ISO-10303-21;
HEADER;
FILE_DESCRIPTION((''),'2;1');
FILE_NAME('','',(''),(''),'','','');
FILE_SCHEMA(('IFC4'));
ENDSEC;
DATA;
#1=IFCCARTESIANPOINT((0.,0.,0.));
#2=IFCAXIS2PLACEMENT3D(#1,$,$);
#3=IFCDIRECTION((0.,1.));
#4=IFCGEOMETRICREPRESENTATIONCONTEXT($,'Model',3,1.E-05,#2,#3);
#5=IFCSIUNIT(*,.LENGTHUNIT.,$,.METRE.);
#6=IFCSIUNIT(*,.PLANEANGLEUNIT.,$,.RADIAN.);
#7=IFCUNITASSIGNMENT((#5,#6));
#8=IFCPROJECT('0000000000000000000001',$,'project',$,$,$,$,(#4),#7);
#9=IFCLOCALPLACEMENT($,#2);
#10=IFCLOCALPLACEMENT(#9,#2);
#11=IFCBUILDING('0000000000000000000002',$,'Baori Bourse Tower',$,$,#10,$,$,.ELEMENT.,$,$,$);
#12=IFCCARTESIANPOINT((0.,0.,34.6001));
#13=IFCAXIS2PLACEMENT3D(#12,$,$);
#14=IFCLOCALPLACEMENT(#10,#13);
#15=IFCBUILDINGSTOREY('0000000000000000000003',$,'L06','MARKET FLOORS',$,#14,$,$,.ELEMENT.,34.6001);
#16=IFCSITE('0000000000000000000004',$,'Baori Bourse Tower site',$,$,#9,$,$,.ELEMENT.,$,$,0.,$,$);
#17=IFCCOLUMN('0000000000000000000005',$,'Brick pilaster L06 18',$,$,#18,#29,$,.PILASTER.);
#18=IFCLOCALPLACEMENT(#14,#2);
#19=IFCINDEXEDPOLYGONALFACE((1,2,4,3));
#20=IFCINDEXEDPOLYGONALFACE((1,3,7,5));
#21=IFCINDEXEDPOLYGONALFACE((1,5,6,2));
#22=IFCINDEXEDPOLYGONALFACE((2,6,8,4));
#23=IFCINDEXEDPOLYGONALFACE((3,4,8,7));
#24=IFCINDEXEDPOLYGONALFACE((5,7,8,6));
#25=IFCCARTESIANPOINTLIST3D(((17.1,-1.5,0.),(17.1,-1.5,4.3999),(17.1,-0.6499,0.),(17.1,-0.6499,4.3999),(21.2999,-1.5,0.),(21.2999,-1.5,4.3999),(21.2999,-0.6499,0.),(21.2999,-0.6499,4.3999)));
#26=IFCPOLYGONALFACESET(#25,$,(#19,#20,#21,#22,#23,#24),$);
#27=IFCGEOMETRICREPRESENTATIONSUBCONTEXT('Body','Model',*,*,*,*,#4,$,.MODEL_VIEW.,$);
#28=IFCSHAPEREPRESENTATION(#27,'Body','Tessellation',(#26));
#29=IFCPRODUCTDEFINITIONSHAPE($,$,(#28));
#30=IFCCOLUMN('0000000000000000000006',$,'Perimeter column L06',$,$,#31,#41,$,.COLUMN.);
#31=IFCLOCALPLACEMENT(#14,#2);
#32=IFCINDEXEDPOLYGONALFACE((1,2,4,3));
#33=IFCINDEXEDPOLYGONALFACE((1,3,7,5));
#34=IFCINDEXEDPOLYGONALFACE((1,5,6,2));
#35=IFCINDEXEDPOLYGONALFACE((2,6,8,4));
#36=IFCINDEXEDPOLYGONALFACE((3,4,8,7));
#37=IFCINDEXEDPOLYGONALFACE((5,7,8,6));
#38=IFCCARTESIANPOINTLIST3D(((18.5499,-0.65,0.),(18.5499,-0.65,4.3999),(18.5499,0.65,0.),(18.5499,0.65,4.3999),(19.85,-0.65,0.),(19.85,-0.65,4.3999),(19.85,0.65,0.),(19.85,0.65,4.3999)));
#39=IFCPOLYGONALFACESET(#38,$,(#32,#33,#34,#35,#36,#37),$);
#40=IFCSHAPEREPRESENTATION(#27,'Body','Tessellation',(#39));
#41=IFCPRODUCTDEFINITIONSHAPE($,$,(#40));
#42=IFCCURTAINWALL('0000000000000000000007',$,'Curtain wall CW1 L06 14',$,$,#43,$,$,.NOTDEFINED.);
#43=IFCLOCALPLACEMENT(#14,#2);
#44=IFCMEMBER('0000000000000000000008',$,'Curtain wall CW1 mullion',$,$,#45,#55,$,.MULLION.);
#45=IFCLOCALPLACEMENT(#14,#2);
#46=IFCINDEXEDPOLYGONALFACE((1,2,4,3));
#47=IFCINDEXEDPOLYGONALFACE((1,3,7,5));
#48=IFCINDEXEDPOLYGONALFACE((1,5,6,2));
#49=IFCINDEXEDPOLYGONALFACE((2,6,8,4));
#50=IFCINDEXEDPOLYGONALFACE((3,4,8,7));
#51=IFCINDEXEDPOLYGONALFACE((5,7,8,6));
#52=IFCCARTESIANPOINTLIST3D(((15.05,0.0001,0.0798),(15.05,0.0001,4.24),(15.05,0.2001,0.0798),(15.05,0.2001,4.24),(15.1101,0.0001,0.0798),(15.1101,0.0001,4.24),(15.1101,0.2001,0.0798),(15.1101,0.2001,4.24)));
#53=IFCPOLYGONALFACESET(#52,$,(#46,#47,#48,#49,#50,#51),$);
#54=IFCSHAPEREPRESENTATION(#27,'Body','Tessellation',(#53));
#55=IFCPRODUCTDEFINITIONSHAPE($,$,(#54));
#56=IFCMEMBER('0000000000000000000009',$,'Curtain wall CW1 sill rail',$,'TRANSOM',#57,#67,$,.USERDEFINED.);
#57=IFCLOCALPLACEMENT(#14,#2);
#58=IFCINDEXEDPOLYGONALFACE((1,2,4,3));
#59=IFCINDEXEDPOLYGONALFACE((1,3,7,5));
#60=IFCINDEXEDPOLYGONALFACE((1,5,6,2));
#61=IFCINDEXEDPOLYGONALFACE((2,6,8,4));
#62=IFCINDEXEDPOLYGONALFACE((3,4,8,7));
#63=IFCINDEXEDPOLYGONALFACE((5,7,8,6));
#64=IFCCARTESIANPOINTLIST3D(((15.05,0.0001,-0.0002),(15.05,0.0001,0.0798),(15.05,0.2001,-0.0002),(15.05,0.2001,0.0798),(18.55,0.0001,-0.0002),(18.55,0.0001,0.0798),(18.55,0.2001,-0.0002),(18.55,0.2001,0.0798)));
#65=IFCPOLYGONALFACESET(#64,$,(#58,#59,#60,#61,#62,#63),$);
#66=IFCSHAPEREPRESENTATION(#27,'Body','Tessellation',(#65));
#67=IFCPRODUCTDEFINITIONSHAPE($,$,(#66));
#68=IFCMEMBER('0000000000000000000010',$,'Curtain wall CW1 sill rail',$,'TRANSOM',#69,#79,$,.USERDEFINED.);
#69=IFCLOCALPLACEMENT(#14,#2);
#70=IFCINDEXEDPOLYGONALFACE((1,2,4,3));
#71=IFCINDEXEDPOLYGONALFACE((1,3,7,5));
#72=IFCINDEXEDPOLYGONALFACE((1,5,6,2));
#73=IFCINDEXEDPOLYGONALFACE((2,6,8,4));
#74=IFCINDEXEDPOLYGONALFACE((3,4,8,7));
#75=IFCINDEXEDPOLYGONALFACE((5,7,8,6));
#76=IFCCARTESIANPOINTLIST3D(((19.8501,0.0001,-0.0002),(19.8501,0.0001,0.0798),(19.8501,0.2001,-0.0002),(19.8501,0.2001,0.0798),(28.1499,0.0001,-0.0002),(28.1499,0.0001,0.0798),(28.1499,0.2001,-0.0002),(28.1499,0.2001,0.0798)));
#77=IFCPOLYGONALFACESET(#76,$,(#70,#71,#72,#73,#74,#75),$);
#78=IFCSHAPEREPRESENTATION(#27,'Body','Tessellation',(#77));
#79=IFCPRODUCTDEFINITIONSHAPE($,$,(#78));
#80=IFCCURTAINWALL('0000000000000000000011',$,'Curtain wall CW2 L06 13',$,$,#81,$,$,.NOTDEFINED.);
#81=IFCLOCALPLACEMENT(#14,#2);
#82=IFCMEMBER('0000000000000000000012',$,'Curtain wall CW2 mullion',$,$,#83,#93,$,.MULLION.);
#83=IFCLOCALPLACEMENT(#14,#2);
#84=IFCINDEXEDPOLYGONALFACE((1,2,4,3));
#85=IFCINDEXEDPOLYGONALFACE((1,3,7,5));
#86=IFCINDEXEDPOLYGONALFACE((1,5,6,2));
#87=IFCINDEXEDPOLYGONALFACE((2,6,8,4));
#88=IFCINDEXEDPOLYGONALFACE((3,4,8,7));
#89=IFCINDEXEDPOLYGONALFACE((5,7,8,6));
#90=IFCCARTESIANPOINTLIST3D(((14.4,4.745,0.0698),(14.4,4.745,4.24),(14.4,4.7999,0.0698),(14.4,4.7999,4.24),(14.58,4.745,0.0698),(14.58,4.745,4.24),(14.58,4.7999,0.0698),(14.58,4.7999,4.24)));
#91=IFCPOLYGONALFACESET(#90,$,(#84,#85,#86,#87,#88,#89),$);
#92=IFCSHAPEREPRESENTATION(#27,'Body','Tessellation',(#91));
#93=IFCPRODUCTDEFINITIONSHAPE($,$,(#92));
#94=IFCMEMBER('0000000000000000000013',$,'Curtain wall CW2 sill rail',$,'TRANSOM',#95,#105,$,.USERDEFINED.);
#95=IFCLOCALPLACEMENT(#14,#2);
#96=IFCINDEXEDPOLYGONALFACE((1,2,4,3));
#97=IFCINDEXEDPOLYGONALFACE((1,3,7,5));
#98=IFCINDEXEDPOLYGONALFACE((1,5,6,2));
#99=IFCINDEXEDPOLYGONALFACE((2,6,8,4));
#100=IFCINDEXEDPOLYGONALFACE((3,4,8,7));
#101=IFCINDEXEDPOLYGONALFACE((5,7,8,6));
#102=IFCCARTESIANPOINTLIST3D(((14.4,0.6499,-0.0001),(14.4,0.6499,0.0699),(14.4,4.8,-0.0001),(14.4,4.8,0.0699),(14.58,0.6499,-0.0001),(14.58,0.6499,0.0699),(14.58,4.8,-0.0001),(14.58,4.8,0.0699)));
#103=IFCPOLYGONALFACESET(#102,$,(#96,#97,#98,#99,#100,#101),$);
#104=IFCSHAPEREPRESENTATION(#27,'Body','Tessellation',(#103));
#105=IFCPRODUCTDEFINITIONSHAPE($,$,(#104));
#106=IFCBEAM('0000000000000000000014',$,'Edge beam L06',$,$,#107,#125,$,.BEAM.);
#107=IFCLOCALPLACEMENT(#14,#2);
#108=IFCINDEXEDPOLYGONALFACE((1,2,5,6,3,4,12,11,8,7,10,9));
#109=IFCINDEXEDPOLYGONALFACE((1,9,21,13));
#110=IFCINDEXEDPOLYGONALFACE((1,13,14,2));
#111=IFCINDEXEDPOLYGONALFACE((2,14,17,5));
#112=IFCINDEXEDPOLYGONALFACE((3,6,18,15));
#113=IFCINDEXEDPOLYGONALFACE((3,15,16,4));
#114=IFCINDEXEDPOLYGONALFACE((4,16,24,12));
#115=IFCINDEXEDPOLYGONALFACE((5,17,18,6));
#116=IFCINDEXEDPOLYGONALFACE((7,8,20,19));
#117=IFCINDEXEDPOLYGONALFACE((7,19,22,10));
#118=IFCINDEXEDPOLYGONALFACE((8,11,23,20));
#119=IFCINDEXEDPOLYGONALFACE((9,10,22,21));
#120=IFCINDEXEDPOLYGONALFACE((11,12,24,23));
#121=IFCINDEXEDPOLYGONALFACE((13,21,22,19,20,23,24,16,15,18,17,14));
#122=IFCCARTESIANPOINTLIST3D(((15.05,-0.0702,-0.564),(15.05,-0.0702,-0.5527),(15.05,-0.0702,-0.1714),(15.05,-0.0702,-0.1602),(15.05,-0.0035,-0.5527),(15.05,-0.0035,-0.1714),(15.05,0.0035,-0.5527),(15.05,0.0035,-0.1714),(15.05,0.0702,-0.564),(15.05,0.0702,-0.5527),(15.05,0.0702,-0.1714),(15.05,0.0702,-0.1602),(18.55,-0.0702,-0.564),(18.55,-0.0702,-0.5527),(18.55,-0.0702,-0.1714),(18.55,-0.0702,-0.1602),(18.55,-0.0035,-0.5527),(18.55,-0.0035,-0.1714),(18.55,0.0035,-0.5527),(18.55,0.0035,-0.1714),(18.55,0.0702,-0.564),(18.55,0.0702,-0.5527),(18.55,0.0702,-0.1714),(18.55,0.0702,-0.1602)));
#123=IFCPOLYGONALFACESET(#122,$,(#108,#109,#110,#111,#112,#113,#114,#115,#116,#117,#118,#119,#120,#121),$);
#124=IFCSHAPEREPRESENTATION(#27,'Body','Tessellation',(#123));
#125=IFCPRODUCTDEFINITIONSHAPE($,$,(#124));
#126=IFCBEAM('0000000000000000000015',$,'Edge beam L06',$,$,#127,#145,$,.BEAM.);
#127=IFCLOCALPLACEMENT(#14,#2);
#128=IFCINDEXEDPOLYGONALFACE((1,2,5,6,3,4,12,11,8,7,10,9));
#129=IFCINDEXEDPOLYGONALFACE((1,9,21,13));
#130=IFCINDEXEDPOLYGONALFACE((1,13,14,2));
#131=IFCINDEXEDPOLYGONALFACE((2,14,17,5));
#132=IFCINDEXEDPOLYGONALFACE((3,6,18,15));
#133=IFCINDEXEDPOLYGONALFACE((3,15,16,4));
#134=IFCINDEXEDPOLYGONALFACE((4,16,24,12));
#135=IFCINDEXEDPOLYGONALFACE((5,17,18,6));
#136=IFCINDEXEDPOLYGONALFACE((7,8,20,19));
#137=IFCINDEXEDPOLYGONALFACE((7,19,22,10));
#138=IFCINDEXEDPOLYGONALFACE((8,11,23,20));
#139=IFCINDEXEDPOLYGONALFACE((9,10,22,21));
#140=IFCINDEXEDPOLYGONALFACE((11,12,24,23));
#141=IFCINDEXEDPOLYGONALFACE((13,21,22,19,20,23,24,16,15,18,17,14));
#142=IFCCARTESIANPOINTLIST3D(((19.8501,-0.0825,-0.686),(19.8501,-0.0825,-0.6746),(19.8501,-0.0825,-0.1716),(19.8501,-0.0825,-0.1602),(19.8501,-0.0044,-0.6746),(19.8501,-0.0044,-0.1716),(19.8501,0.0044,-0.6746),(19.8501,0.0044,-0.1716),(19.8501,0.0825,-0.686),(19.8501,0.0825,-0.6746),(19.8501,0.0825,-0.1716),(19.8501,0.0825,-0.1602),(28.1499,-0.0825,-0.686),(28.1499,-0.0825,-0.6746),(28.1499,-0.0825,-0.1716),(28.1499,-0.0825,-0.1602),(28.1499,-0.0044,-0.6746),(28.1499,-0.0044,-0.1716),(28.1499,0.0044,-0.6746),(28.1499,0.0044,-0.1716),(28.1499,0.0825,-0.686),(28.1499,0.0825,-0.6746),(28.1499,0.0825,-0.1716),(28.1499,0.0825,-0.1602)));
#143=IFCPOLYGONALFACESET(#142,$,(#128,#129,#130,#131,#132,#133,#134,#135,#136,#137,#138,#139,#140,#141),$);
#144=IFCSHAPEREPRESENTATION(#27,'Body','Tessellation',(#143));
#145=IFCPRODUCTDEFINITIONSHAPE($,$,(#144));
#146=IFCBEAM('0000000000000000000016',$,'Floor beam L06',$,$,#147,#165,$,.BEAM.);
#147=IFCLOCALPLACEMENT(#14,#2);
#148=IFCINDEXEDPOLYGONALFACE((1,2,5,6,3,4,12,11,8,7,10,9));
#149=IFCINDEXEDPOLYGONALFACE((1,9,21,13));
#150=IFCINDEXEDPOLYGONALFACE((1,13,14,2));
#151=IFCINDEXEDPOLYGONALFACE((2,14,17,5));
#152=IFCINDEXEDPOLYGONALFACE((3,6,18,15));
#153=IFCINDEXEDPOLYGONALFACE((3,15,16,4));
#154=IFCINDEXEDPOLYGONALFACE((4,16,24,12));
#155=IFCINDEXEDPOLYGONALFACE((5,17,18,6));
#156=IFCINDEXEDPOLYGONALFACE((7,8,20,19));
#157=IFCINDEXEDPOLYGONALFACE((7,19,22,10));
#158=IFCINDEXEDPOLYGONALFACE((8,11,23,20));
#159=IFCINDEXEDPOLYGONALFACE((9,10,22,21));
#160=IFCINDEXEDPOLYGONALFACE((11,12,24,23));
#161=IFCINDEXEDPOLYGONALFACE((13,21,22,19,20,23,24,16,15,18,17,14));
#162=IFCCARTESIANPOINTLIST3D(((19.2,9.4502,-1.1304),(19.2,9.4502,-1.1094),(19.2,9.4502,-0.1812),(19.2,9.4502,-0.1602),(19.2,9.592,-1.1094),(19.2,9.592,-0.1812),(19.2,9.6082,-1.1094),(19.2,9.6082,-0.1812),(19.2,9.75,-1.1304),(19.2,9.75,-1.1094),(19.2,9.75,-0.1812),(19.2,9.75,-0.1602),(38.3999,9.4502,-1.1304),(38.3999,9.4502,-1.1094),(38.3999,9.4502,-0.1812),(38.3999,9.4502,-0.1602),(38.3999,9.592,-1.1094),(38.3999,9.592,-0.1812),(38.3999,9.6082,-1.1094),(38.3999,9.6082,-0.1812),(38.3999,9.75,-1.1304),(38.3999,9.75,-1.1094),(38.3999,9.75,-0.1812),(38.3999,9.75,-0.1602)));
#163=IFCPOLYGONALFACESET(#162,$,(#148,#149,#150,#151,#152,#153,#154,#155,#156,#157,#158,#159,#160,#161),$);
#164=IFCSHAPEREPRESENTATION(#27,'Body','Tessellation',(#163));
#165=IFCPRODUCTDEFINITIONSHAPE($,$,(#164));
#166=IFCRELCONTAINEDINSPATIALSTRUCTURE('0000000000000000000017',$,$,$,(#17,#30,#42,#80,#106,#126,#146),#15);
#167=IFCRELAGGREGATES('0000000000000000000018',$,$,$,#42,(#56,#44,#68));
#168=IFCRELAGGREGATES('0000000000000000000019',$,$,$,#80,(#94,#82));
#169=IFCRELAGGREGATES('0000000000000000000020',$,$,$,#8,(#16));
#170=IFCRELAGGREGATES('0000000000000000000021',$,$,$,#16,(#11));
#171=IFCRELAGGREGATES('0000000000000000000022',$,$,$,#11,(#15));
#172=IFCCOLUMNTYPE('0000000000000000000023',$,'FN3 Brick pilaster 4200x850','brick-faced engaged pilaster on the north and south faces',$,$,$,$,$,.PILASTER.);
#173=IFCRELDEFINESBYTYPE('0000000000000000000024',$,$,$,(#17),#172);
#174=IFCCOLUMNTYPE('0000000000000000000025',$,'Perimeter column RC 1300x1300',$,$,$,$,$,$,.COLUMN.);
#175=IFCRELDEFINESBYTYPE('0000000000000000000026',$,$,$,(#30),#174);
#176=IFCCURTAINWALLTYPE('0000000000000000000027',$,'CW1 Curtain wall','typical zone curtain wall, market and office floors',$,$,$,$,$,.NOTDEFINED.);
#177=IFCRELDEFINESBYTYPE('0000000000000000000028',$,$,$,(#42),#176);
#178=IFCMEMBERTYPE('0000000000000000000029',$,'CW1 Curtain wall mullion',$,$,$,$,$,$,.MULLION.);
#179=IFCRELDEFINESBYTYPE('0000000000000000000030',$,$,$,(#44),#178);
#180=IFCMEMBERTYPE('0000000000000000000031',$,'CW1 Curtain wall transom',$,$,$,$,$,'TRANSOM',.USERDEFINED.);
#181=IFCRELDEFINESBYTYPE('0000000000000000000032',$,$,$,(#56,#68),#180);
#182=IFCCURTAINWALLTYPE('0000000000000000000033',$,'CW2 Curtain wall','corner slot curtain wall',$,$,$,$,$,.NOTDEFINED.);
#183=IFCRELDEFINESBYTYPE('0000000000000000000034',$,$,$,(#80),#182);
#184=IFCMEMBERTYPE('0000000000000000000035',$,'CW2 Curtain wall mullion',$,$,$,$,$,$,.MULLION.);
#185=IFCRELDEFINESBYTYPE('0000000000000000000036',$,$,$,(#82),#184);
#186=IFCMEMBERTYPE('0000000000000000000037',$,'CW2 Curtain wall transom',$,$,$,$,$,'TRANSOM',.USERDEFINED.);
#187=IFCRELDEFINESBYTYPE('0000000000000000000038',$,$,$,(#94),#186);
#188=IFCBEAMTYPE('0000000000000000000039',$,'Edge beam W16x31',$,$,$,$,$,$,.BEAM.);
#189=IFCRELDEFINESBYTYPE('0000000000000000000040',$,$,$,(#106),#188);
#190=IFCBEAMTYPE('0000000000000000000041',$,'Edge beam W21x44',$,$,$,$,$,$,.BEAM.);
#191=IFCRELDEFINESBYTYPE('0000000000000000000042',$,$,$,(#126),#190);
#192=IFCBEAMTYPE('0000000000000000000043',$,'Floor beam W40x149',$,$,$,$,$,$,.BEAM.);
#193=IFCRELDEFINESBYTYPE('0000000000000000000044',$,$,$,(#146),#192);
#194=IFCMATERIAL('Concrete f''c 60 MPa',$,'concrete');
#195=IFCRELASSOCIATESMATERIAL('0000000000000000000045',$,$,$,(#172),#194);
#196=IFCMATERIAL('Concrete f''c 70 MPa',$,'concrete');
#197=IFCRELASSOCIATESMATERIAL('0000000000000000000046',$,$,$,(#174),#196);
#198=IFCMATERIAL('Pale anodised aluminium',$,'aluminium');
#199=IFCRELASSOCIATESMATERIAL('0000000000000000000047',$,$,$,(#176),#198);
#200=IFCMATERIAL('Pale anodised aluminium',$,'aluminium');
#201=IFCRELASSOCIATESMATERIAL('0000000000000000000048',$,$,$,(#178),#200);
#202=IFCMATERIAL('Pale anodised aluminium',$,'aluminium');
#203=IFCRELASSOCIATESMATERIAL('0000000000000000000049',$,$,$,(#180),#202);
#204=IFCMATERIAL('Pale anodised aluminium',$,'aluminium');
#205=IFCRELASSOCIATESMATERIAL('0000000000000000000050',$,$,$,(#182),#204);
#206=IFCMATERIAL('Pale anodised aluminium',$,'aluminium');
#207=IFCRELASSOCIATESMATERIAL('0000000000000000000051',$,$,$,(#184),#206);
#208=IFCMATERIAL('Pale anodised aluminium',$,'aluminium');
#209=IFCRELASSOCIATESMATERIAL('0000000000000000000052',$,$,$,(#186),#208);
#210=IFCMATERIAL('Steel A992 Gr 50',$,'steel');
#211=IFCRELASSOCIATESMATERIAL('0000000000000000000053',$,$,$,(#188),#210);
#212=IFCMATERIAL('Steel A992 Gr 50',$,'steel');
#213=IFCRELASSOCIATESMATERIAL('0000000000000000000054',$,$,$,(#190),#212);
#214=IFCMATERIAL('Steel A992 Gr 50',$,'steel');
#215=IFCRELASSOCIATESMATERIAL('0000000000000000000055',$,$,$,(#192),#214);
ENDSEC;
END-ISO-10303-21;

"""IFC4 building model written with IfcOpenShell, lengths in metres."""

from ifc_helpers import new_model, si_unit, direction, frame, origin, origin_2d, place, context, subcontext, project, spatial, rectangle, i_section, extrude, material, material_profile, profile_set, type_object, element, aggregate, save


model = new_model("IFC4")

# Units and contexts
model_context = context("Model", 3, precision=1e-05, world=origin(), true_north=direction((0.0, 1.0)))
body_context = subcontext(model_context, "Body", "Model", "MODEL_VIEW")
ifc_project = project(units=[si_unit("LENGTHUNIT", "METRE"), si_unit("PLANEANGLEUNIT", "RADIAN")], contexts=[model_context])

# Site, building, storey
site_placement = place(None, origin())
site = spatial("IfcSite", under=ifc_project, at=site_placement, Name="Baori Bourse Tower site", CompositionType="ELEMENT", RefElevation=0.0)
building_placement = place(site_placement, origin())
building = spatial("IfcBuilding", under=site, at=building_placement, Name="Baori Bourse Tower", CompositionType="ELEMENT")
storey_placement = place(building_placement, frame((0.0, 0.0, 34.6001)))
storey = spatial("IfcBuildingStorey", under=building, at=storey_placement, Name="L06", Description="MARKET FLOORS", CompositionType="ELEMENT", Elevation=34.6001)

# Columns
ifc_material_1 = material(Name="Concrete f'c 60 MPa", Category="concrete")
ifc_material_profile_1 = material_profile(ifc_material_1, rectangle(XDim=4.2, YDim=0.8501, at=origin_2d()), Name="RC 4200x850")
ifc_profile_set_1 = profile_set([ifc_material_profile_1], Name="Concrete f'c 60 MPa")
column_type_1 = type_object("IfcColumnType", Name="FN3 Brick pilaster 4200x850", Description="brick-faced engaged pilaster on the north and south faces", PredefinedType="PILASTER", material=ifc_profile_set_1)
column_1_placement = place(storey_placement, frame((19.2, -1.075, 0.0), z_axis=(0.0, 0.0, 1.0), x_axis=(1.0, 0.0, 0.0)))
element("IfcColumn", 1, at=column_1_placement, inside=storey, type_object=column_type_1, Name="Brick pilaster L06 18", PredefinedType="PILASTER", context=body_context, shape_type="SweptSolid", body=[
    extrude(rectangle(XDim=4.2, YDim=0.8501, at=origin_2d()), origin(), (0.0, 0.0, 1.0), 4.3999),
])
ifc_material_2 = material(Name="Concrete f'c 70 MPa", Category="concrete")
ifc_material_profile_2 = material_profile(ifc_material_2, rectangle(XDim=1.3, YDim=1.3, at=origin_2d()), Name="RC 1300x1300")
ifc_profile_set_2 = profile_set([ifc_material_profile_2], Name="Concrete f'c 70 MPa")
column_type_2 = type_object("IfcColumnType", Name="Perimeter column RC 1300x1300", PredefinedType="COLUMN", material=ifc_profile_set_2)
column_2_placement = place(storey_placement, frame((19.2, 0.0, 0.0), z_axis=(0.0, 0.0, 1.0), x_axis=(1.0, 0.0, 0.0)))
element("IfcColumn", 2, at=column_2_placement, inside=storey, type_object=column_type_2, Name="Perimeter column L06", PredefinedType="COLUMN", context=body_context, shape_type="SweptSolid", body=[
    extrude(rectangle(XDim=1.3, YDim=1.3, at=origin_2d()), origin(), (0.0, 0.0, 1.0), 4.3999),
])

# Curtain walls, members
ifc_material_3 = material(Name="Pale anodised aluminium", Category="aluminium")
curtain_wall_type_1 = type_object("IfcCurtainWallType", Name="CW1 Curtain wall", Description="typical zone curtain wall, market and office floors", PredefinedType="NOTDEFINED", material=ifc_material_3)
curtain_wall_1_placement = place(storey_placement, origin())
curtain_wall_1 = element("IfcCurtainWall", 3, at=curtain_wall_1_placement, inside=storey, type_object=curtain_wall_type_1, Name="Curtain wall CW1 L06 14", PredefinedType="NOTDEFINED")
ifc_material_4 = material(Name="Pale anodised aluminium", Category="aluminium")
ifc_material_profile_3 = material_profile(ifc_material_4, rectangle(XDim=0.2, YDim=0.0601, at=origin_2d()), Name="Mullion 60x200")
ifc_profile_set_3 = profile_set([ifc_material_profile_3], Name="Pale anodised aluminium")
member_type_1 = type_object("IfcMemberType", Name="CW1 Curtain wall mullion", PredefinedType="MULLION", material=ifc_profile_set_3)
member_1_placement = place(storey_placement, frame((15.0801, 0.1001, 0.0798), z_axis=(0.0, 0.0, 1.0), x_axis=(0.0, 1.0, 0.0)))
member_1 = element("IfcMember", 4, at=member_1_placement, type_object=member_type_1, Name="Curtain wall CW1 mullion", PredefinedType="MULLION", context=body_context, shape_type="SweptSolid", body=[
    extrude(rectangle(XDim=0.2, YDim=0.0601, at=origin_2d()), origin(), (0.0, 0.0, 1.0), 4.1602),
])
ifc_material_5 = material(Name="Pale anodised aluminium", Category="aluminium")
ifc_material_profile_4 = material_profile(ifc_material_5, rectangle(XDim=0.2, YDim=0.0801, at=origin_2d()), Name="Transom 80x200")
ifc_profile_set_4 = profile_set([ifc_material_profile_4], Name="Pale anodised aluminium")
member_type_2 = type_object("IfcMemberType", Name="CW1 Curtain wall transom", ElementType="TRANSOM", PredefinedType="USERDEFINED", material=ifc_profile_set_4)
member_2_placement = place(storey_placement, frame((15.05, 0.1001, 0.0398), z_axis=(1.0, 0.0, 0.0), x_axis=(0.0, 1.0, 0.0)))
member_2 = element("IfcMember", 5, at=member_2_placement, type_object=member_type_2, Name="Curtain wall CW1 sill rail", ObjectType="TRANSOM", PredefinedType="USERDEFINED", context=body_context, shape_type="SweptSolid", body=[
    extrude(rectangle(XDim=0.2, YDim=0.0801, at=origin_2d()), origin(), (0.0, 0.0, 1.0), 3.5),
])
member_3_placement = place(storey_placement, frame((19.8501, 0.1001, 0.0398), z_axis=(1.0, 0.0, 0.0), x_axis=(0.0, 1.0, 0.0)))
member_3 = element("IfcMember", 6, at=member_3_placement, type_object=member_type_2, Name="Curtain wall CW1 sill rail", ObjectType="TRANSOM", PredefinedType="USERDEFINED", context=body_context, shape_type="SweptSolid", body=[
    extrude(rectangle(XDim=0.2, YDim=0.0801, at=origin_2d()), origin(), (0.0, 0.0, 1.0), 8.2998),
])
ifc_material_6 = material(Name="Pale anodised aluminium", Category="aluminium")
curtain_wall_type_2 = type_object("IfcCurtainWallType", Name="CW2 Curtain wall", Description="corner slot curtain wall", PredefinedType="NOTDEFINED", material=ifc_material_6)
curtain_wall_2_placement = place(storey_placement, origin())
curtain_wall_2 = element("IfcCurtainWall", 7, at=curtain_wall_2_placement, inside=storey, type_object=curtain_wall_type_2, Name="Curtain wall CW2 L06 13", PredefinedType="NOTDEFINED")
ifc_material_7 = material(Name="Pale anodised aluminium", Category="aluminium")
ifc_material_profile_5 = material_profile(ifc_material_7, rectangle(XDim=0.1799, YDim=0.0549, at=origin_2d()), Name="Mullion 55x180")
ifc_profile_set_5 = profile_set([ifc_material_profile_5], Name="Pale anodised aluminium")
member_type_3 = type_object("IfcMemberType", Name="CW2 Curtain wall mullion", PredefinedType="MULLION", material=ifc_profile_set_5)
member_4_placement = place(storey_placement, frame((14.49, 4.7725, 0.0698), z_axis=(0.0, 0.0, 1.0), x_axis=(1.0, 0.0, 0.0)))
member_4 = element("IfcMember", 8, at=member_4_placement, type_object=member_type_3, Name="Curtain wall CW2 mullion", PredefinedType="MULLION", context=body_context, shape_type="SweptSolid", body=[
    extrude(rectangle(XDim=0.1799, YDim=0.0549, at=origin_2d()), origin(), (0.0, 0.0, 1.0), 4.1702),
])
ifc_material_8 = material(Name="Pale anodised aluminium", Category="aluminium")
ifc_material_profile_6 = material_profile(ifc_material_8, rectangle(XDim=0.1799, YDim=0.0701, at=origin_2d()), Name="Transom 70x180")
ifc_profile_set_6 = profile_set([ifc_material_profile_6], Name="Pale anodised aluminium")
member_type_4 = type_object("IfcMemberType", Name="CW2 Curtain wall transom", ElementType="TRANSOM", PredefinedType="USERDEFINED", material=ifc_profile_set_6)
member_5_placement = place(storey_placement, frame((14.49, 4.8, 0.0349), z_axis=(0.0, -1.0, 0.0), x_axis=(1.0, 0.0, 0.0)))
member_5 = element("IfcMember", 9, at=member_5_placement, type_object=member_type_4, Name="Curtain wall CW2 sill rail", ObjectType="TRANSOM", PredefinedType="USERDEFINED", context=body_context, shape_type="SweptSolid", body=[
    extrude(rectangle(XDim=0.1799, YDim=0.0701, at=origin_2d()), origin(), (0.0, 0.0, 1.0), 4.1501),
])

# Beams
ifc_material_9 = material(Name="Steel A992 Gr 50", Category="steel")
ifc_material_profile_7 = material_profile(ifc_material_9, i_section(OverallWidth=0.1404, OverallDepth=0.4038, WebThickness=0.0071, FlangeThickness=0.0112, at=origin_2d()), Name="W16x31")
ifc_profile_set_7 = profile_set([ifc_material_profile_7], Name="Steel A992 Gr 50")
beam_type_1 = type_object("IfcBeamType", Name="Edge beam W16x31", PredefinedType="BEAM", material=ifc_profile_set_7)
beam_1_placement = place(storey_placement, frame((15.05, 0.0, -0.3621), z_axis=(1.0, 0.0, 0.0), x_axis=(0.0, 1.0, 0.0)))
element("IfcBeam", 10, at=beam_1_placement, inside=storey, type_object=beam_type_1, Name="Edge beam L06", PredefinedType="BEAM", context=body_context, shape_type="SweptSolid", body=[
    extrude(i_section(OverallWidth=0.1404, OverallDepth=0.4038, WebThickness=0.0071, FlangeThickness=0.0112, at=origin_2d()), origin(), (0.0, 0.0, 1.0), 3.5),
])
ifc_material_10 = material(Name="Steel A992 Gr 50", Category="steel")
ifc_material_profile_8 = material_profile(ifc_material_10, i_section(OverallWidth=0.165, OverallDepth=0.5259, WebThickness=0.0088, FlangeThickness=0.0115, at=origin_2d()), Name="W21x44")
ifc_profile_set_8 = profile_set([ifc_material_profile_8], Name="Steel A992 Gr 50")
beam_type_2 = type_object("IfcBeamType", Name="Edge beam W21x44", PredefinedType="BEAM", material=ifc_profile_set_8)
beam_2_placement = place(storey_placement, frame((19.8501, 0.0, -0.4231), z_axis=(1.0, 0.0, 0.0), x_axis=(0.0, 1.0, 0.0)))
element("IfcBeam", 11, at=beam_2_placement, inside=storey, type_object=beam_type_2, Name="Edge beam L06", PredefinedType="BEAM", context=body_context, shape_type="SweptSolid", body=[
    extrude(i_section(OverallWidth=0.165, OverallDepth=0.5259, WebThickness=0.0088, FlangeThickness=0.0115, at=origin_2d()), origin(), (0.0, 0.0, 1.0), 8.2998),
])
ifc_material_11 = material(Name="Steel A992 Gr 50", Category="steel")
ifc_material_profile_9 = material_profile(ifc_material_11, i_section(OverallWidth=0.2998, OverallDepth=0.9702, WebThickness=0.0161, FlangeThickness=0.021, at=origin_2d()), Name="W40x149")
ifc_profile_set_9 = profile_set([ifc_material_profile_9], Name="Steel A992 Gr 50")
beam_type_3 = type_object("IfcBeamType", Name="Floor beam W40x149", PredefinedType="BEAM", material=ifc_profile_set_9)
beam_3_placement = place(storey_placement, frame((19.2, 9.6001, -0.6453), z_axis=(1.0, 0.0, 0.0), x_axis=(0.0, 1.0, 0.0)))
element("IfcBeam", 12, at=beam_3_placement, inside=storey, type_object=beam_type_3, Name="Floor beam L06", PredefinedType="BEAM", context=body_context, shape_type="SweptSolid", body=[
    extrude(i_section(OverallWidth=0.2998, OverallDepth=0.9702, WebThickness=0.0161, FlangeThickness=0.021, at=origin_2d()), origin(), (0.0, 0.0, 1.0), 19.2),
])

aggregate(curtain_wall_1, [member_2, member_1, member_3])
aggregate(curtain_wall_2, [member_5, member_4])

save(model, "model.ifc")
